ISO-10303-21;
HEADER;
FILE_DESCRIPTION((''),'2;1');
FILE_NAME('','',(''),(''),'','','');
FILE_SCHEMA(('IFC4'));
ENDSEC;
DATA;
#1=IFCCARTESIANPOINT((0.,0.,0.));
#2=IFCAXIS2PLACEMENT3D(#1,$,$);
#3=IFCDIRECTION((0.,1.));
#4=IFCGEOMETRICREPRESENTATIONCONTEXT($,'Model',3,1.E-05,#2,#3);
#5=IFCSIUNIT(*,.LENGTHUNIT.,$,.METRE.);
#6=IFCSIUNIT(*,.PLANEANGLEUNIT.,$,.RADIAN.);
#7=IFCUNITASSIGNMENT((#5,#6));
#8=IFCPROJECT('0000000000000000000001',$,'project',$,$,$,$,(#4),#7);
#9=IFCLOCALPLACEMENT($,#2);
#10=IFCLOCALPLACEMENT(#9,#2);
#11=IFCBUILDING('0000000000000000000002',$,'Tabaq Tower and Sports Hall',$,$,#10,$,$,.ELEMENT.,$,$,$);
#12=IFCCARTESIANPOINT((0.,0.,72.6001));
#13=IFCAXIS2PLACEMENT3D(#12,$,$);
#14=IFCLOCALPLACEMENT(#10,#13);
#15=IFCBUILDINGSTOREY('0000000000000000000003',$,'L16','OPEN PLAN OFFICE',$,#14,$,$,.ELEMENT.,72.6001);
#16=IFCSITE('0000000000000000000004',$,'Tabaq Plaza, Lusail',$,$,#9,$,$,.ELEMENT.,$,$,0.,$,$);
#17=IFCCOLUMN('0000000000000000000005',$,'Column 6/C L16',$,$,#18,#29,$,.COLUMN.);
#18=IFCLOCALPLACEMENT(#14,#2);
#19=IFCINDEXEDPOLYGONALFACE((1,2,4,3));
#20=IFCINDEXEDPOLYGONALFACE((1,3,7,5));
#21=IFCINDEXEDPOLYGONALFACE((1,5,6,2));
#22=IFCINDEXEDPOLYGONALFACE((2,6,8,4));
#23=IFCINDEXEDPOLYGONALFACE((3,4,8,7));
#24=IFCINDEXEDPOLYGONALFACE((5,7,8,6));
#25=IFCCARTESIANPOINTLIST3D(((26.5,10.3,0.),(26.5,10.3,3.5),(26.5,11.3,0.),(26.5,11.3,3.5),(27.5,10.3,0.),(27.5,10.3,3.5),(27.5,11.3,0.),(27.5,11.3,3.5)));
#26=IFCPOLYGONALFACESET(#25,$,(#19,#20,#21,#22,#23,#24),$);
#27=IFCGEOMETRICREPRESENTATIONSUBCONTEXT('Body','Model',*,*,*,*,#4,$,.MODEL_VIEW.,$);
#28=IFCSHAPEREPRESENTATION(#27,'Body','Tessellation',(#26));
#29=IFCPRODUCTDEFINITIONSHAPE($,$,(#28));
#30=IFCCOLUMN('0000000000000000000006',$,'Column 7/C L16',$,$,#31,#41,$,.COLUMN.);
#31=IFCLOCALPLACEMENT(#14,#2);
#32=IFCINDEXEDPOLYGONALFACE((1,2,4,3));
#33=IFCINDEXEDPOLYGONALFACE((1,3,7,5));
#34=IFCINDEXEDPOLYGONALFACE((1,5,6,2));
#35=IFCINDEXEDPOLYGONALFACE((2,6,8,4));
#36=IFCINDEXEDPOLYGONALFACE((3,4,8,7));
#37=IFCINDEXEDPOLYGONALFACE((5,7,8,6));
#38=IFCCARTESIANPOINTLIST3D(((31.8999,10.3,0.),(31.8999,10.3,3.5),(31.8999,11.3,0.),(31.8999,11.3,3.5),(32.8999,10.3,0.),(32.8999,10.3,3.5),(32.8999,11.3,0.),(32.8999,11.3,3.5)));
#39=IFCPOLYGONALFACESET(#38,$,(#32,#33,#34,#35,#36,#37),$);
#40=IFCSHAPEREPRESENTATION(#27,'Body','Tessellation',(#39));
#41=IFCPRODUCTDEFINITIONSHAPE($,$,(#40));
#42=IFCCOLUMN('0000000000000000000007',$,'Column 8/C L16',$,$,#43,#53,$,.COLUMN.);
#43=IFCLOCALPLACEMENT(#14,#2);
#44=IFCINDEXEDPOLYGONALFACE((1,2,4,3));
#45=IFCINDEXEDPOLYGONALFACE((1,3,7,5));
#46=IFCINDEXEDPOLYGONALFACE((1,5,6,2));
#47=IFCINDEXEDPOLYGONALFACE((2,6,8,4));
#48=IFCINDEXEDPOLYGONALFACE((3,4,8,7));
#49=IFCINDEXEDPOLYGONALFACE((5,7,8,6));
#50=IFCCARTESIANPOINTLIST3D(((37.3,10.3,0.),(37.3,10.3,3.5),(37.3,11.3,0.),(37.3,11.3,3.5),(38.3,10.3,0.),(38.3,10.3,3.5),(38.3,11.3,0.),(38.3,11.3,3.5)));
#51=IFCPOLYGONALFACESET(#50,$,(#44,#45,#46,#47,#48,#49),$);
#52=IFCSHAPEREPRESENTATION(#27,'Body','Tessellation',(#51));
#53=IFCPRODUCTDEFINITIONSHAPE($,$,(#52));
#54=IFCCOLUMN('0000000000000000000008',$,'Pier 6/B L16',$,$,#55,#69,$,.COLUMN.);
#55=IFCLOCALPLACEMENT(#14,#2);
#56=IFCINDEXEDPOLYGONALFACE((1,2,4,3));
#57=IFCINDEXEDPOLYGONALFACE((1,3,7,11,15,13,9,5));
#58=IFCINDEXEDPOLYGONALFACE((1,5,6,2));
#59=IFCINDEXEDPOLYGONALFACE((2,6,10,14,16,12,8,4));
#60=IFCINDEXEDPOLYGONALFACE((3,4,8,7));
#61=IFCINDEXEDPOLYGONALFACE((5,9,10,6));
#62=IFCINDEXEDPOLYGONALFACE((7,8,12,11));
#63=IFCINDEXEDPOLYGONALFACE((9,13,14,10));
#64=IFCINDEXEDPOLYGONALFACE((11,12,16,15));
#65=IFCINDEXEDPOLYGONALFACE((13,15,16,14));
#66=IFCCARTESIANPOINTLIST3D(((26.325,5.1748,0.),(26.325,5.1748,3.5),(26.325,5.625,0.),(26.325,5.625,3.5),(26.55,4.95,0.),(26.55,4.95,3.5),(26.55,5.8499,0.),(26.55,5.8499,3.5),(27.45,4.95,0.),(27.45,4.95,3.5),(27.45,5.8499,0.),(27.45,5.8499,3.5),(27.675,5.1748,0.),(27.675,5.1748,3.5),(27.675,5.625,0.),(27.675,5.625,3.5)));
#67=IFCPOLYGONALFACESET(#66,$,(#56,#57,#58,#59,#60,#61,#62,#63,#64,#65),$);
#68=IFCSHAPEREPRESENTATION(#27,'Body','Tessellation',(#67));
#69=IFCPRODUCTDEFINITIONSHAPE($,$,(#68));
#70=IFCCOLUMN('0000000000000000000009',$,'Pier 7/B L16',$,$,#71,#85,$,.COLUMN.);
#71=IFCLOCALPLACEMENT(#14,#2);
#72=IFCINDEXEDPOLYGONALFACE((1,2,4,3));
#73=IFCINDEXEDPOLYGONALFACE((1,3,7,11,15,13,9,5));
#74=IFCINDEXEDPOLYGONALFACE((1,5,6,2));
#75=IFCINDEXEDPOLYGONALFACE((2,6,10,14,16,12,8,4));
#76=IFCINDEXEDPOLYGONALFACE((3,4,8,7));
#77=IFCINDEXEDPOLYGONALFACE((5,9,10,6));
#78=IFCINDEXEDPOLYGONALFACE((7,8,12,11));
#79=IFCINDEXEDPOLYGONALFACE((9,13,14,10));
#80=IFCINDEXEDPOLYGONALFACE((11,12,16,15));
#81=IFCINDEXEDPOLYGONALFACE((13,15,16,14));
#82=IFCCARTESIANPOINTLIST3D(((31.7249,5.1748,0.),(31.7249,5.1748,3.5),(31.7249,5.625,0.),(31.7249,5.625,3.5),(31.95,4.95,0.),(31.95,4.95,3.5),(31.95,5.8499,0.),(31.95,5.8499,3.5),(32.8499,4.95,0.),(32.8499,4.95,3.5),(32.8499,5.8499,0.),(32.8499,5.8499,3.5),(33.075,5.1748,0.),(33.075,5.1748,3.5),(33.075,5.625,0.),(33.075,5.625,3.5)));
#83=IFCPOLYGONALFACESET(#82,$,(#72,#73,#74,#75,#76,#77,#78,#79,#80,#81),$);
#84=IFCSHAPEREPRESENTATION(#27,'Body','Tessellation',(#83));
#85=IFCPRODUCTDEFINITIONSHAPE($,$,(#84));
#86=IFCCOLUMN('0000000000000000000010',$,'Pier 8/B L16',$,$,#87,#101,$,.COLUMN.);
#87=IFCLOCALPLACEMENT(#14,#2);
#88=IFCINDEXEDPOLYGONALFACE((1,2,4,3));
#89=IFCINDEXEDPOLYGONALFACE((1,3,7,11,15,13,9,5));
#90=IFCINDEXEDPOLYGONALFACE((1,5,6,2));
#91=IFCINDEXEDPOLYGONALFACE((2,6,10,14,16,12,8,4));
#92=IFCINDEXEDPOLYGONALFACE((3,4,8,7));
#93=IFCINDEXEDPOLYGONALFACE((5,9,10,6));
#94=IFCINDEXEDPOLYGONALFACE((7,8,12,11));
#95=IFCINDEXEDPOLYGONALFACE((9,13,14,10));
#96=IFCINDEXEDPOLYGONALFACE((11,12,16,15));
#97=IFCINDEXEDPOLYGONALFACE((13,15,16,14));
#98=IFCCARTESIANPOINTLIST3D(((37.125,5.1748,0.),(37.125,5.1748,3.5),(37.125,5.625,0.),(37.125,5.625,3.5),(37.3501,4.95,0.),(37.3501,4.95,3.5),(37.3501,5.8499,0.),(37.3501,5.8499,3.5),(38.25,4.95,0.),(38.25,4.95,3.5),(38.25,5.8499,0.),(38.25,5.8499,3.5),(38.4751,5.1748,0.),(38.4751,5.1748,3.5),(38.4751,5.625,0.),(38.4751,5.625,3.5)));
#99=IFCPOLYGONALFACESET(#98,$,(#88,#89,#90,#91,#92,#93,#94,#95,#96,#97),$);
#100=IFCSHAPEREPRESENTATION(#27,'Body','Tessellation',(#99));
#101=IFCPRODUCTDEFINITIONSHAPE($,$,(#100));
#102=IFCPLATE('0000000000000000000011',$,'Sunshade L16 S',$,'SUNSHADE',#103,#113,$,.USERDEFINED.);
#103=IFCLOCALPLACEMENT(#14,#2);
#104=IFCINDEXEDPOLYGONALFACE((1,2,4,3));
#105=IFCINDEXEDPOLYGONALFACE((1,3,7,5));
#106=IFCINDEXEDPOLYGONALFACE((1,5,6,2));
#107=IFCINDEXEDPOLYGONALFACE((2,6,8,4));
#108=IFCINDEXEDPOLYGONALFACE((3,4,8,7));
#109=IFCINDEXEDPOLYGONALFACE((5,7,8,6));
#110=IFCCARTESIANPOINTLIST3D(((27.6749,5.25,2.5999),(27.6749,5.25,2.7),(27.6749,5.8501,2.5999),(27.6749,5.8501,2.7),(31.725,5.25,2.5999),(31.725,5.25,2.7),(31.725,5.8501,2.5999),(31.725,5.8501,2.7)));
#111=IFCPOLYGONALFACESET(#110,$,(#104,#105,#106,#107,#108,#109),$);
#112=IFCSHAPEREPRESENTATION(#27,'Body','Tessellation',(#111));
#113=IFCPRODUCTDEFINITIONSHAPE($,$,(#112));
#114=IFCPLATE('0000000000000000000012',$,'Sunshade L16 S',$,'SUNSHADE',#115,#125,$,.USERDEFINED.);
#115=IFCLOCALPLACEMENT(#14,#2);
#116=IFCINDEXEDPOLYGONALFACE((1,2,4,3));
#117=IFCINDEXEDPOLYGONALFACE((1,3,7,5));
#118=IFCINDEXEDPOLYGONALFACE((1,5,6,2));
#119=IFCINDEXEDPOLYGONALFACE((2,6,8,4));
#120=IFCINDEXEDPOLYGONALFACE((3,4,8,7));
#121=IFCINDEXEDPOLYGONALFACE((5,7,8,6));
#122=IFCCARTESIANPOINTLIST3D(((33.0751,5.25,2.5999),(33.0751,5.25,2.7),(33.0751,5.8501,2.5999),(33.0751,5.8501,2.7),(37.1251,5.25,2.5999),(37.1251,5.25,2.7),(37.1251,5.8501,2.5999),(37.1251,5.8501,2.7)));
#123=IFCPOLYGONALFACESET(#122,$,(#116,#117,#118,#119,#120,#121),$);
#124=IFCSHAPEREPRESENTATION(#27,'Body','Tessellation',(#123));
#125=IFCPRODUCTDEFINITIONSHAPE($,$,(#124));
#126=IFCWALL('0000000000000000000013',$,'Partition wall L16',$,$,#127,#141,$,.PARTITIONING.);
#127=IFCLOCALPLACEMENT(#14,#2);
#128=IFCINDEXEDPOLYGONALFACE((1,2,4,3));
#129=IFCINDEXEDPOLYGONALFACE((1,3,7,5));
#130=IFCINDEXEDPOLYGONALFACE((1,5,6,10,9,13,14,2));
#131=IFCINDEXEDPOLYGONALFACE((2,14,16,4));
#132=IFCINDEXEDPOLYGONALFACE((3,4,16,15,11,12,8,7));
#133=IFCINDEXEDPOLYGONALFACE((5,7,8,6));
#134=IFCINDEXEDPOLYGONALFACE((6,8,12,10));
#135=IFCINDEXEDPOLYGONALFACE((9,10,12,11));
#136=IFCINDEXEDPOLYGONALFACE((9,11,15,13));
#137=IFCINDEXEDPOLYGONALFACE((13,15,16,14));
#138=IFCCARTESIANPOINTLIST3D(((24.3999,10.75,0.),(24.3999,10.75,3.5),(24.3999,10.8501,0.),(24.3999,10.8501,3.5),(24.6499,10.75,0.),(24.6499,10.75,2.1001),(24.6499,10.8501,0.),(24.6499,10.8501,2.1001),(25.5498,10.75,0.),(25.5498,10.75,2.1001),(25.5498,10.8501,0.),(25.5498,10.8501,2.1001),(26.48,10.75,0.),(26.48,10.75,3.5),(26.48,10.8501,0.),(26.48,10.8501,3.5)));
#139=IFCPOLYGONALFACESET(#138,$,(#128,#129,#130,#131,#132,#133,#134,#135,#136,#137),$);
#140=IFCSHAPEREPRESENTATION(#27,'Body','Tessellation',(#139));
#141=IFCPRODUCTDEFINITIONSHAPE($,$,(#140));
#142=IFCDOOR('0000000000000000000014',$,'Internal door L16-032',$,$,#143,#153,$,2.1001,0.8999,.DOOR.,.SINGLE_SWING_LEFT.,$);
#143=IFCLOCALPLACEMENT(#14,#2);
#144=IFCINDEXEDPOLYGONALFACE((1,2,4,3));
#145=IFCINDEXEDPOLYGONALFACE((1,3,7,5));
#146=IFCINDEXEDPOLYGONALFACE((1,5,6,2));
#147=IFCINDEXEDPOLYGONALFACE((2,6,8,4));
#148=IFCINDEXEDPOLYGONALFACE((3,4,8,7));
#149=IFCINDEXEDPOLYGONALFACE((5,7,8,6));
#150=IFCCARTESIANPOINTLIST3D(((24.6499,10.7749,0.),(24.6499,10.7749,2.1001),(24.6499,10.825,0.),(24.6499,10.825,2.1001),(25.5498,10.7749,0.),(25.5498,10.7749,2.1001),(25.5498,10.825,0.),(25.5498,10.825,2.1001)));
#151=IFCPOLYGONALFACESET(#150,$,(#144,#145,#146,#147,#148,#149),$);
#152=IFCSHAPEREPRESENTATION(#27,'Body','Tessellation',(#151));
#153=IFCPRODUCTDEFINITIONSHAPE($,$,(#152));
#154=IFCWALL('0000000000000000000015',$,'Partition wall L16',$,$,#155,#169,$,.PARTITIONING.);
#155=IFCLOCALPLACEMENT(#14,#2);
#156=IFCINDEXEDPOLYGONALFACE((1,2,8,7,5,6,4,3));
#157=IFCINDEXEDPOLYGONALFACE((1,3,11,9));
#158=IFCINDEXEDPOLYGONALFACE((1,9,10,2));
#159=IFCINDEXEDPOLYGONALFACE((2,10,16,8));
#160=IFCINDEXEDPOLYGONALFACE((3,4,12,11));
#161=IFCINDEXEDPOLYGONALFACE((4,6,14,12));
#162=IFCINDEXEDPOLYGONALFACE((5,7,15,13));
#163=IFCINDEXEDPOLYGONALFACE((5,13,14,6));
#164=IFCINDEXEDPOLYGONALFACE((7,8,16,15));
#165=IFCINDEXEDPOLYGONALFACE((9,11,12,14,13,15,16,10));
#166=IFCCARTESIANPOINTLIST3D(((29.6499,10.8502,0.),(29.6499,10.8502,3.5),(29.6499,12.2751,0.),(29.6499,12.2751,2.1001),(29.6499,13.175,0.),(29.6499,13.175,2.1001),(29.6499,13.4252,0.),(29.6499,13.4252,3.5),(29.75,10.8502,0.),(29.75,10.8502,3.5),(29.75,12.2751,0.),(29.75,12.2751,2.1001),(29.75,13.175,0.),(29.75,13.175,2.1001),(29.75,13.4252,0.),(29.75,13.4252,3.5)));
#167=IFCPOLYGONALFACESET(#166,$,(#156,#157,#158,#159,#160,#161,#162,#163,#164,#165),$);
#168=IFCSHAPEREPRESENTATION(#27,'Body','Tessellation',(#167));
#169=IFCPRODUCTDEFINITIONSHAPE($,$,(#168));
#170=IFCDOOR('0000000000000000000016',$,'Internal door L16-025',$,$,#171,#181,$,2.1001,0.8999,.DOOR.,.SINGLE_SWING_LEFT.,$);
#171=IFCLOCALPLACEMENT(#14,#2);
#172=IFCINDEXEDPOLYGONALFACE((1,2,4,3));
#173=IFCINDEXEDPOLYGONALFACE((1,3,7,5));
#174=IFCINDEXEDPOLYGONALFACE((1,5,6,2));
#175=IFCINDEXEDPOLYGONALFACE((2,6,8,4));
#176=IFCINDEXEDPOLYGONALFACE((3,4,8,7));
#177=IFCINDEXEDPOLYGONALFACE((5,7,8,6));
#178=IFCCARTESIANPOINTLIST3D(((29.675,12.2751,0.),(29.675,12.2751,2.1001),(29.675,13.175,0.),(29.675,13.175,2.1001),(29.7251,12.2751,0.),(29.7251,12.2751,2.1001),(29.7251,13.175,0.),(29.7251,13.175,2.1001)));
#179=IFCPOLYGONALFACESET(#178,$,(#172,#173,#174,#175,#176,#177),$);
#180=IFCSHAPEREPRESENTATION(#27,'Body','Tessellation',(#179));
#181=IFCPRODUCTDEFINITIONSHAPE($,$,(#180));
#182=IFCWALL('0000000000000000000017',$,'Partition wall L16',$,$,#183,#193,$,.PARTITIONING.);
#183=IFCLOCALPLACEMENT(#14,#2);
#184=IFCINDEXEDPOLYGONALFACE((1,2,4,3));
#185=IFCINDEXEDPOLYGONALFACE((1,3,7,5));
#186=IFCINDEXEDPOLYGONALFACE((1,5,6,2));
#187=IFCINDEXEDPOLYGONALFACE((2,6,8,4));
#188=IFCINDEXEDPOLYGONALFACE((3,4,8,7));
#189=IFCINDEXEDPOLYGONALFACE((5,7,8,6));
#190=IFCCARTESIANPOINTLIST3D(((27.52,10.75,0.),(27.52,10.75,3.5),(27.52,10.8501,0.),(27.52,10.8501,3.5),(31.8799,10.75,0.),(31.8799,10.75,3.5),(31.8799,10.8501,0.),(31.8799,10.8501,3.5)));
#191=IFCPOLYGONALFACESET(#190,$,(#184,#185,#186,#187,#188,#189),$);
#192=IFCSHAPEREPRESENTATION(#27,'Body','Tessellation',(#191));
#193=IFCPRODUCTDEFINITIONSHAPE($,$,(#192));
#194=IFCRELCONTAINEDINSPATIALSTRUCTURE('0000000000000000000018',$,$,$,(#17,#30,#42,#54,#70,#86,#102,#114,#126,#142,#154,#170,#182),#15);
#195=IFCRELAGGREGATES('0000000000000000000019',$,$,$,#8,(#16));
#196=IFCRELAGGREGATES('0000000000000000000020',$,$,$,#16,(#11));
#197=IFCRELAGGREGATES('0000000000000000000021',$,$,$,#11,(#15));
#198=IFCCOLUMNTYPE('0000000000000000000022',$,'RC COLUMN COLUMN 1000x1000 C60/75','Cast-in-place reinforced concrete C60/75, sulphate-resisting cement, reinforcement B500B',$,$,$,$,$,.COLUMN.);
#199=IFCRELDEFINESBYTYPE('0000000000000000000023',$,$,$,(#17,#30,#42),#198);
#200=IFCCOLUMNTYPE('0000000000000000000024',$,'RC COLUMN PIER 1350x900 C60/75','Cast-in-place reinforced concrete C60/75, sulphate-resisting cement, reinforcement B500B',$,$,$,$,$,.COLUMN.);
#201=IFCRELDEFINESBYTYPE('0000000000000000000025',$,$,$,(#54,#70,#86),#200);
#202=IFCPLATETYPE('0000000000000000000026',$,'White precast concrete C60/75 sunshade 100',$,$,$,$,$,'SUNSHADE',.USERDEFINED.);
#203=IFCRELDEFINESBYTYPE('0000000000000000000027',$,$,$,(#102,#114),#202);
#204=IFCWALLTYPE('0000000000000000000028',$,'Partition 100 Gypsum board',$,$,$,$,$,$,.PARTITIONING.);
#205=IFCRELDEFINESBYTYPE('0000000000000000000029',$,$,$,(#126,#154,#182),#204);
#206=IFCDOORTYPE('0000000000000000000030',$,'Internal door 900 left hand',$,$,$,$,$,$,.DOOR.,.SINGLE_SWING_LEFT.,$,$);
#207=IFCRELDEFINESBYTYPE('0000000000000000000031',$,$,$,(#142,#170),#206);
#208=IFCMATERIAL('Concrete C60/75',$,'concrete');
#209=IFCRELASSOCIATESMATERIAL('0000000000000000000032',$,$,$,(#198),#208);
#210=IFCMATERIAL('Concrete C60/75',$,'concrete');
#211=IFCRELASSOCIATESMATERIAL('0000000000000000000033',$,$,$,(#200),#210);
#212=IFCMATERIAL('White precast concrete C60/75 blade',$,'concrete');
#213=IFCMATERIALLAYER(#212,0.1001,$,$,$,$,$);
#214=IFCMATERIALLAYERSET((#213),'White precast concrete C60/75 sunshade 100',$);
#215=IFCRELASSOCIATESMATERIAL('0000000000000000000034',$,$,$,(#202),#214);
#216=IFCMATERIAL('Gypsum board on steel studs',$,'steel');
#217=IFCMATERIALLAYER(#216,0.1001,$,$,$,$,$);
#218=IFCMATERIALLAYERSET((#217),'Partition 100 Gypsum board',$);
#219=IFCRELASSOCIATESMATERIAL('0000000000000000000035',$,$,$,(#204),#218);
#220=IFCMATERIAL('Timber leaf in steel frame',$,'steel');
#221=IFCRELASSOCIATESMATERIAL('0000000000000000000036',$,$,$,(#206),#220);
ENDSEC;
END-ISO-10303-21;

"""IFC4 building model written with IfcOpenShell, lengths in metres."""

from ifc_helpers import new_model, si_unit, direction, frame, frame_2d, origin, origin_2d, place, context, subcontext, project, spatial, polyline, rectangle, outline, extrude, material, layer, layer_set, material_profile, profile_set, type_object, element, fill, save


model = new_model("IFC4")

# Units and contexts
model_context = context("Model", 3, precision=1e-05, world=origin(), true_north=direction((0.0, 1.0)))
body_context = subcontext(model_context, "Body", "Model", "MODEL_VIEW")
ifc_project = project(units=[si_unit("LENGTHUNIT", "METRE"), si_unit("PLANEANGLEUNIT", "RADIAN")], contexts=[model_context])

# Site, building, storey
site_placement = place(None, origin())
site = spatial("IfcSite", under=ifc_project, at=site_placement, Name="Tabaq Plaza, Lusail", CompositionType="ELEMENT", RefElevation=0.0)
building_placement = place(site_placement, origin())
building = spatial("IfcBuilding", under=site, at=building_placement, Name="Tabaq Tower and Sports Hall", CompositionType="ELEMENT")
storey_placement = place(building_placement, frame((0.0, 0.0, 72.6001)))
storey = spatial("IfcBuildingStorey", under=building, at=storey_placement, Name="L16", Description="OPEN PLAN OFFICE", CompositionType="ELEMENT", Elevation=72.6001)

# Columns
ifc_material_1 = material(Name="Concrete C60/75", Category="concrete")
ifc_material_profile_1 = material_profile(ifc_material_1, rectangle(XDim=1.0, YDim=1.0, at=origin_2d()), Name="COLUMN 1000x1000")
ifc_profile_set_1 = profile_set([ifc_material_profile_1], Name="Concrete C60/75")
column_type_1 = type_object("IfcColumnType", Name="RC COLUMN COLUMN 1000x1000 C60/75", Description="Cast-in-place reinforced concrete C60/75, sulphate-resisting cement, reinforcement B500B", PredefinedType="COLUMN", material=ifc_profile_set_1)
for number, where, z_axis, x_axis, name in (
    (1, (27.0, 10.8, 0.0), (0.0, 0.0, 1.0), (1.0, 0.0, 0.0), "Column 6/C L16"),
    (2, (32.3999, 10.8, 0.0), (0.0, 0.0, 1.0), (1.0, 0.0, 0.0), "Column 7/C L16"),
    (3, (37.8, 10.8, 0.0), (0.0, 0.0, 1.0), (1.0, 0.0, 0.0), "Column 8/C L16"),
):
    element("IfcColumn", number, at=place(storey_placement, frame(where, z_axis=z_axis, x_axis=x_axis)), inside=storey, type_object=column_type_1, Name=name, PredefinedType="COLUMN", context=body_context, shape_type="SweptSolid", body=[
        extrude(rectangle(XDim=1.0, YDim=1.0, at=origin_2d()), origin(), (0.0, 0.0, 1.0), 3.5),
    ])
ifc_material_2 = material(Name="Concrete C60/75", Category="concrete")
ifc_material_profile_2 = material_profile(ifc_material_2, outline(polyline([(-0.45, -0.45), (0.45, -0.45), (0.675, -0.2251), (0.675, 0.2251), (0.45, 0.45), (-0.45, 0.45), (-0.675, 0.2251), (-0.675, -0.2251), (-0.45, -0.45)])), Name="PIER 1350x900")
ifc_profile_set_2 = profile_set([ifc_material_profile_2], Name="Concrete C60/75")
column_type_2 = type_object("IfcColumnType", Name="RC COLUMN PIER 1350x900 C60/75", Description="Cast-in-place reinforced concrete C60/75, sulphate-resisting cement, reinforcement B500B", PredefinedType="COLUMN", material=ifc_profile_set_2)
for number, where, z_axis, x_axis, name in (
    (4, (27.0, 5.3999, 0.0), (0.0, 0.0, 1.0), (1.0, 0.0, 0.0), "Pier 6/B L16"),
    (5, (32.3999, 5.3999, 0.0), (0.0, 0.0, 1.0), (1.0, 0.0, 0.0), "Pier 7/B L16"),
    (6, (37.8, 5.3999, 0.0), (0.0, 0.0, 1.0), (1.0, 0.0, 0.0), "Pier 8/B L16"),
):
    element("IfcColumn", number, at=place(storey_placement, frame(where, z_axis=z_axis, x_axis=x_axis)), inside=storey, type_object=column_type_2, Name=name, PredefinedType="COLUMN", context=body_context, shape_type="SweptSolid", body=[
        extrude(outline(polyline([(-0.45, -0.45), (0.45, -0.45), (0.675, -0.2251), (0.675, 0.2251), (0.45, 0.45), (-0.45, 0.45), (-0.675, 0.2251), (-0.675, -0.2251), (-0.45, -0.45)])), origin(), (0.0, 0.0, 1.0), 3.5),
    ])

# Plates
ifc_material_3 = material(Name="White precast concrete C60/75 blade", Category="concrete")
ifc_layer_1 = layer(ifc_material_3, 0.1001)
ifc_layer_set_1 = layer_set([ifc_layer_1], Name="White precast concrete C60/75 sunshade 100")
plate_type = type_object("IfcPlateType", Name="White precast concrete C60/75 sunshade 100", ElementType="SUNSHADE", PredefinedType="USERDEFINED", material=ifc_layer_set_1)
for number, where, z_axis, x_axis, name in (
    (7, (29.7, 5.55, 2.5999), (0.0, 0.0, 1.0), (1.0, 0.0, 0.0), "Sunshade L16 S"),
    (8, (35.1001, 5.55, 2.5999), (0.0, 0.0, 1.0), (1.0, 0.0, 0.0), "Sunshade L16 S"),
):
    element("IfcPlate", number, at=place(storey_placement, frame(where, z_axis=z_axis, x_axis=x_axis)), inside=storey, type_object=plate_type, Name=name, ObjectType="SUNSHADE", PredefinedType="USERDEFINED", context=body_context, shape_type="SweptSolid", body=[
        extrude(rectangle(XDim=4.05, YDim=0.6001, at=origin_2d()), origin(), (0.0, 0.0, 1.0), 0.1001),
    ])

# Walls, openings, doors
ifc_material_4 = material(Name="Gypsum board on steel studs", Category="steel")
ifc_layer_2 = layer(ifc_material_4, 0.1001)
ifc_layer_set_2 = layer_set([ifc_layer_2], Name="Partition 100 Gypsum board")
wall_type_1 = type_object("IfcWallType", Name="Partition 100 Gypsum board", PredefinedType="PARTITIONING", material=ifc_layer_set_2)
wall_1_placement = place(storey_placement, frame((24.3999, 10.8, 0.0), z_axis=(0.0, 0.0, 1.0), x_axis=(1.0, 0.0, 0.0)))
wall_1 = element("IfcWall", 9, at=wall_1_placement, inside=storey, type_object=wall_type_1, Name="Partition wall L16", PredefinedType="PARTITIONING", context=body_context, shape_type="SweptSolid", body=[
    extrude(rectangle(XDim=2.0801, YDim=0.1001, at=frame_2d((1.04, 0.0))), origin(), (0.0, 0.0, 1.0), 3.5),
])
opening_1_placement = place(wall_1_placement, frame((0.25, 0.0, 0.0)))
opening_1 = element("IfcOpeningElement", 10, at=opening_1_placement, cuts=wall_1, PredefinedType="OPENING", context=body_context, shape_type="SweptSolid", body=[
    extrude(rectangle(XDim=0.8999, YDim=2.1001, at=frame_2d((0.45, 1.05))), frame((0.0, 0.05, 0.0), z_axis=(0.0, -1.0, 0.0), x_axis=(1.0, 0.0, 0.0)), (0.0, 0.0, 1.0), 0.1001),
])
ifc_material_5 = material(Name="Timber leaf in steel frame", Category="steel")
door_type_1 = type_object("IfcDoorType", Name="Internal door 900 left hand", OperationType="SINGLE_SWING_LEFT", PredefinedType="DOOR", material=ifc_material_5)
door_1_placement = place(opening_1_placement, origin())
door_1 = element("IfcDoor", 11, at=door_1_placement, inside=storey, type_object=door_type_1, Name="Internal door L16-032", OperationType="SINGLE_SWING_LEFT", OverallHeight=2.1001, OverallWidth=0.8999, PredefinedType="DOOR", context=body_context, shape_type="SweptSolid", body=[
    extrude(rectangle(XDim=0.8999, YDim=2.1001, at=frame_2d((0.45, 1.05))), frame((0.0, 0.0249, 0.0), z_axis=(0.0, -1.0, 0.0), x_axis=(1.0, 0.0, 0.0)), (0.0, 0.0, 1.0), 0.05),
])
fill(opening_1, door_1)
wall_2_placement = place(storey_placement, frame((29.7, 10.8501, 0.0), z_axis=(0.0, 0.0, 1.0), x_axis=(0.0, 1.0, 0.0)))
wall_2 = element("IfcWall", 12, at=wall_2_placement, inside=storey, type_object=wall_type_1, Name="Partition wall L16", PredefinedType="PARTITIONING", context=body_context, shape_type="SweptSolid", body=[
    extrude(rectangle(XDim=2.575, YDim=0.1001, at=frame_2d((1.2876, 0.0))), origin(), (0.0, 0.0, 1.0), 3.5),
])
opening_2_placement = place(wall_2_placement, frame((1.425, 0.0, 0.0)))
opening_2 = element("IfcOpeningElement", 13, at=opening_2_placement, cuts=wall_2, PredefinedType="OPENING", context=body_context, shape_type="SweptSolid", body=[
    extrude(rectangle(XDim=0.8999, YDim=2.1001, at=frame_2d((0.45, 1.05))), frame((0.0, 0.05, 0.0), z_axis=(0.0, -1.0, 0.0), x_axis=(1.0, 0.0, 0.0)), (0.0, 0.0, 1.0), 0.1001),
])
door_2_placement = place(opening_2_placement, origin())
door_2 = element("IfcDoor", 14, at=door_2_placement, inside=storey, type_object=door_type_1, Name="Internal door L16-025", OperationType="SINGLE_SWING_LEFT", OverallHeight=2.1001, OverallWidth=0.8999, PredefinedType="DOOR", context=body_context, shape_type="SweptSolid", body=[
    extrude(rectangle(XDim=0.8999, YDim=2.1001, at=frame_2d((0.45, 1.05))), frame((0.0, 0.0249, 0.0), z_axis=(0.0, -1.0, 0.0), x_axis=(1.0, 0.0, 0.0)), (0.0, 0.0, 1.0), 0.05),
])
fill(opening_2, door_2)

# Wall
wall_3_placement = place(storey_placement, frame((27.52, 10.8, 0.0), z_axis=(0.0, 0.0, 1.0), x_axis=(1.0, 0.0, 0.0)))
element("IfcWall", 15, at=wall_3_placement, inside=storey, type_object=wall_type_1, Name="Partition wall L16", PredefinedType="PARTITIONING", context=body_context, shape_type="SweptSolid", body=[
    extrude(rectangle(XDim=4.3599, YDim=0.1001, at=frame_2d((2.1799, 0.0))), origin(), (0.0, 0.0, 1.0), 3.5),
])

save(model, "model.ifc")
